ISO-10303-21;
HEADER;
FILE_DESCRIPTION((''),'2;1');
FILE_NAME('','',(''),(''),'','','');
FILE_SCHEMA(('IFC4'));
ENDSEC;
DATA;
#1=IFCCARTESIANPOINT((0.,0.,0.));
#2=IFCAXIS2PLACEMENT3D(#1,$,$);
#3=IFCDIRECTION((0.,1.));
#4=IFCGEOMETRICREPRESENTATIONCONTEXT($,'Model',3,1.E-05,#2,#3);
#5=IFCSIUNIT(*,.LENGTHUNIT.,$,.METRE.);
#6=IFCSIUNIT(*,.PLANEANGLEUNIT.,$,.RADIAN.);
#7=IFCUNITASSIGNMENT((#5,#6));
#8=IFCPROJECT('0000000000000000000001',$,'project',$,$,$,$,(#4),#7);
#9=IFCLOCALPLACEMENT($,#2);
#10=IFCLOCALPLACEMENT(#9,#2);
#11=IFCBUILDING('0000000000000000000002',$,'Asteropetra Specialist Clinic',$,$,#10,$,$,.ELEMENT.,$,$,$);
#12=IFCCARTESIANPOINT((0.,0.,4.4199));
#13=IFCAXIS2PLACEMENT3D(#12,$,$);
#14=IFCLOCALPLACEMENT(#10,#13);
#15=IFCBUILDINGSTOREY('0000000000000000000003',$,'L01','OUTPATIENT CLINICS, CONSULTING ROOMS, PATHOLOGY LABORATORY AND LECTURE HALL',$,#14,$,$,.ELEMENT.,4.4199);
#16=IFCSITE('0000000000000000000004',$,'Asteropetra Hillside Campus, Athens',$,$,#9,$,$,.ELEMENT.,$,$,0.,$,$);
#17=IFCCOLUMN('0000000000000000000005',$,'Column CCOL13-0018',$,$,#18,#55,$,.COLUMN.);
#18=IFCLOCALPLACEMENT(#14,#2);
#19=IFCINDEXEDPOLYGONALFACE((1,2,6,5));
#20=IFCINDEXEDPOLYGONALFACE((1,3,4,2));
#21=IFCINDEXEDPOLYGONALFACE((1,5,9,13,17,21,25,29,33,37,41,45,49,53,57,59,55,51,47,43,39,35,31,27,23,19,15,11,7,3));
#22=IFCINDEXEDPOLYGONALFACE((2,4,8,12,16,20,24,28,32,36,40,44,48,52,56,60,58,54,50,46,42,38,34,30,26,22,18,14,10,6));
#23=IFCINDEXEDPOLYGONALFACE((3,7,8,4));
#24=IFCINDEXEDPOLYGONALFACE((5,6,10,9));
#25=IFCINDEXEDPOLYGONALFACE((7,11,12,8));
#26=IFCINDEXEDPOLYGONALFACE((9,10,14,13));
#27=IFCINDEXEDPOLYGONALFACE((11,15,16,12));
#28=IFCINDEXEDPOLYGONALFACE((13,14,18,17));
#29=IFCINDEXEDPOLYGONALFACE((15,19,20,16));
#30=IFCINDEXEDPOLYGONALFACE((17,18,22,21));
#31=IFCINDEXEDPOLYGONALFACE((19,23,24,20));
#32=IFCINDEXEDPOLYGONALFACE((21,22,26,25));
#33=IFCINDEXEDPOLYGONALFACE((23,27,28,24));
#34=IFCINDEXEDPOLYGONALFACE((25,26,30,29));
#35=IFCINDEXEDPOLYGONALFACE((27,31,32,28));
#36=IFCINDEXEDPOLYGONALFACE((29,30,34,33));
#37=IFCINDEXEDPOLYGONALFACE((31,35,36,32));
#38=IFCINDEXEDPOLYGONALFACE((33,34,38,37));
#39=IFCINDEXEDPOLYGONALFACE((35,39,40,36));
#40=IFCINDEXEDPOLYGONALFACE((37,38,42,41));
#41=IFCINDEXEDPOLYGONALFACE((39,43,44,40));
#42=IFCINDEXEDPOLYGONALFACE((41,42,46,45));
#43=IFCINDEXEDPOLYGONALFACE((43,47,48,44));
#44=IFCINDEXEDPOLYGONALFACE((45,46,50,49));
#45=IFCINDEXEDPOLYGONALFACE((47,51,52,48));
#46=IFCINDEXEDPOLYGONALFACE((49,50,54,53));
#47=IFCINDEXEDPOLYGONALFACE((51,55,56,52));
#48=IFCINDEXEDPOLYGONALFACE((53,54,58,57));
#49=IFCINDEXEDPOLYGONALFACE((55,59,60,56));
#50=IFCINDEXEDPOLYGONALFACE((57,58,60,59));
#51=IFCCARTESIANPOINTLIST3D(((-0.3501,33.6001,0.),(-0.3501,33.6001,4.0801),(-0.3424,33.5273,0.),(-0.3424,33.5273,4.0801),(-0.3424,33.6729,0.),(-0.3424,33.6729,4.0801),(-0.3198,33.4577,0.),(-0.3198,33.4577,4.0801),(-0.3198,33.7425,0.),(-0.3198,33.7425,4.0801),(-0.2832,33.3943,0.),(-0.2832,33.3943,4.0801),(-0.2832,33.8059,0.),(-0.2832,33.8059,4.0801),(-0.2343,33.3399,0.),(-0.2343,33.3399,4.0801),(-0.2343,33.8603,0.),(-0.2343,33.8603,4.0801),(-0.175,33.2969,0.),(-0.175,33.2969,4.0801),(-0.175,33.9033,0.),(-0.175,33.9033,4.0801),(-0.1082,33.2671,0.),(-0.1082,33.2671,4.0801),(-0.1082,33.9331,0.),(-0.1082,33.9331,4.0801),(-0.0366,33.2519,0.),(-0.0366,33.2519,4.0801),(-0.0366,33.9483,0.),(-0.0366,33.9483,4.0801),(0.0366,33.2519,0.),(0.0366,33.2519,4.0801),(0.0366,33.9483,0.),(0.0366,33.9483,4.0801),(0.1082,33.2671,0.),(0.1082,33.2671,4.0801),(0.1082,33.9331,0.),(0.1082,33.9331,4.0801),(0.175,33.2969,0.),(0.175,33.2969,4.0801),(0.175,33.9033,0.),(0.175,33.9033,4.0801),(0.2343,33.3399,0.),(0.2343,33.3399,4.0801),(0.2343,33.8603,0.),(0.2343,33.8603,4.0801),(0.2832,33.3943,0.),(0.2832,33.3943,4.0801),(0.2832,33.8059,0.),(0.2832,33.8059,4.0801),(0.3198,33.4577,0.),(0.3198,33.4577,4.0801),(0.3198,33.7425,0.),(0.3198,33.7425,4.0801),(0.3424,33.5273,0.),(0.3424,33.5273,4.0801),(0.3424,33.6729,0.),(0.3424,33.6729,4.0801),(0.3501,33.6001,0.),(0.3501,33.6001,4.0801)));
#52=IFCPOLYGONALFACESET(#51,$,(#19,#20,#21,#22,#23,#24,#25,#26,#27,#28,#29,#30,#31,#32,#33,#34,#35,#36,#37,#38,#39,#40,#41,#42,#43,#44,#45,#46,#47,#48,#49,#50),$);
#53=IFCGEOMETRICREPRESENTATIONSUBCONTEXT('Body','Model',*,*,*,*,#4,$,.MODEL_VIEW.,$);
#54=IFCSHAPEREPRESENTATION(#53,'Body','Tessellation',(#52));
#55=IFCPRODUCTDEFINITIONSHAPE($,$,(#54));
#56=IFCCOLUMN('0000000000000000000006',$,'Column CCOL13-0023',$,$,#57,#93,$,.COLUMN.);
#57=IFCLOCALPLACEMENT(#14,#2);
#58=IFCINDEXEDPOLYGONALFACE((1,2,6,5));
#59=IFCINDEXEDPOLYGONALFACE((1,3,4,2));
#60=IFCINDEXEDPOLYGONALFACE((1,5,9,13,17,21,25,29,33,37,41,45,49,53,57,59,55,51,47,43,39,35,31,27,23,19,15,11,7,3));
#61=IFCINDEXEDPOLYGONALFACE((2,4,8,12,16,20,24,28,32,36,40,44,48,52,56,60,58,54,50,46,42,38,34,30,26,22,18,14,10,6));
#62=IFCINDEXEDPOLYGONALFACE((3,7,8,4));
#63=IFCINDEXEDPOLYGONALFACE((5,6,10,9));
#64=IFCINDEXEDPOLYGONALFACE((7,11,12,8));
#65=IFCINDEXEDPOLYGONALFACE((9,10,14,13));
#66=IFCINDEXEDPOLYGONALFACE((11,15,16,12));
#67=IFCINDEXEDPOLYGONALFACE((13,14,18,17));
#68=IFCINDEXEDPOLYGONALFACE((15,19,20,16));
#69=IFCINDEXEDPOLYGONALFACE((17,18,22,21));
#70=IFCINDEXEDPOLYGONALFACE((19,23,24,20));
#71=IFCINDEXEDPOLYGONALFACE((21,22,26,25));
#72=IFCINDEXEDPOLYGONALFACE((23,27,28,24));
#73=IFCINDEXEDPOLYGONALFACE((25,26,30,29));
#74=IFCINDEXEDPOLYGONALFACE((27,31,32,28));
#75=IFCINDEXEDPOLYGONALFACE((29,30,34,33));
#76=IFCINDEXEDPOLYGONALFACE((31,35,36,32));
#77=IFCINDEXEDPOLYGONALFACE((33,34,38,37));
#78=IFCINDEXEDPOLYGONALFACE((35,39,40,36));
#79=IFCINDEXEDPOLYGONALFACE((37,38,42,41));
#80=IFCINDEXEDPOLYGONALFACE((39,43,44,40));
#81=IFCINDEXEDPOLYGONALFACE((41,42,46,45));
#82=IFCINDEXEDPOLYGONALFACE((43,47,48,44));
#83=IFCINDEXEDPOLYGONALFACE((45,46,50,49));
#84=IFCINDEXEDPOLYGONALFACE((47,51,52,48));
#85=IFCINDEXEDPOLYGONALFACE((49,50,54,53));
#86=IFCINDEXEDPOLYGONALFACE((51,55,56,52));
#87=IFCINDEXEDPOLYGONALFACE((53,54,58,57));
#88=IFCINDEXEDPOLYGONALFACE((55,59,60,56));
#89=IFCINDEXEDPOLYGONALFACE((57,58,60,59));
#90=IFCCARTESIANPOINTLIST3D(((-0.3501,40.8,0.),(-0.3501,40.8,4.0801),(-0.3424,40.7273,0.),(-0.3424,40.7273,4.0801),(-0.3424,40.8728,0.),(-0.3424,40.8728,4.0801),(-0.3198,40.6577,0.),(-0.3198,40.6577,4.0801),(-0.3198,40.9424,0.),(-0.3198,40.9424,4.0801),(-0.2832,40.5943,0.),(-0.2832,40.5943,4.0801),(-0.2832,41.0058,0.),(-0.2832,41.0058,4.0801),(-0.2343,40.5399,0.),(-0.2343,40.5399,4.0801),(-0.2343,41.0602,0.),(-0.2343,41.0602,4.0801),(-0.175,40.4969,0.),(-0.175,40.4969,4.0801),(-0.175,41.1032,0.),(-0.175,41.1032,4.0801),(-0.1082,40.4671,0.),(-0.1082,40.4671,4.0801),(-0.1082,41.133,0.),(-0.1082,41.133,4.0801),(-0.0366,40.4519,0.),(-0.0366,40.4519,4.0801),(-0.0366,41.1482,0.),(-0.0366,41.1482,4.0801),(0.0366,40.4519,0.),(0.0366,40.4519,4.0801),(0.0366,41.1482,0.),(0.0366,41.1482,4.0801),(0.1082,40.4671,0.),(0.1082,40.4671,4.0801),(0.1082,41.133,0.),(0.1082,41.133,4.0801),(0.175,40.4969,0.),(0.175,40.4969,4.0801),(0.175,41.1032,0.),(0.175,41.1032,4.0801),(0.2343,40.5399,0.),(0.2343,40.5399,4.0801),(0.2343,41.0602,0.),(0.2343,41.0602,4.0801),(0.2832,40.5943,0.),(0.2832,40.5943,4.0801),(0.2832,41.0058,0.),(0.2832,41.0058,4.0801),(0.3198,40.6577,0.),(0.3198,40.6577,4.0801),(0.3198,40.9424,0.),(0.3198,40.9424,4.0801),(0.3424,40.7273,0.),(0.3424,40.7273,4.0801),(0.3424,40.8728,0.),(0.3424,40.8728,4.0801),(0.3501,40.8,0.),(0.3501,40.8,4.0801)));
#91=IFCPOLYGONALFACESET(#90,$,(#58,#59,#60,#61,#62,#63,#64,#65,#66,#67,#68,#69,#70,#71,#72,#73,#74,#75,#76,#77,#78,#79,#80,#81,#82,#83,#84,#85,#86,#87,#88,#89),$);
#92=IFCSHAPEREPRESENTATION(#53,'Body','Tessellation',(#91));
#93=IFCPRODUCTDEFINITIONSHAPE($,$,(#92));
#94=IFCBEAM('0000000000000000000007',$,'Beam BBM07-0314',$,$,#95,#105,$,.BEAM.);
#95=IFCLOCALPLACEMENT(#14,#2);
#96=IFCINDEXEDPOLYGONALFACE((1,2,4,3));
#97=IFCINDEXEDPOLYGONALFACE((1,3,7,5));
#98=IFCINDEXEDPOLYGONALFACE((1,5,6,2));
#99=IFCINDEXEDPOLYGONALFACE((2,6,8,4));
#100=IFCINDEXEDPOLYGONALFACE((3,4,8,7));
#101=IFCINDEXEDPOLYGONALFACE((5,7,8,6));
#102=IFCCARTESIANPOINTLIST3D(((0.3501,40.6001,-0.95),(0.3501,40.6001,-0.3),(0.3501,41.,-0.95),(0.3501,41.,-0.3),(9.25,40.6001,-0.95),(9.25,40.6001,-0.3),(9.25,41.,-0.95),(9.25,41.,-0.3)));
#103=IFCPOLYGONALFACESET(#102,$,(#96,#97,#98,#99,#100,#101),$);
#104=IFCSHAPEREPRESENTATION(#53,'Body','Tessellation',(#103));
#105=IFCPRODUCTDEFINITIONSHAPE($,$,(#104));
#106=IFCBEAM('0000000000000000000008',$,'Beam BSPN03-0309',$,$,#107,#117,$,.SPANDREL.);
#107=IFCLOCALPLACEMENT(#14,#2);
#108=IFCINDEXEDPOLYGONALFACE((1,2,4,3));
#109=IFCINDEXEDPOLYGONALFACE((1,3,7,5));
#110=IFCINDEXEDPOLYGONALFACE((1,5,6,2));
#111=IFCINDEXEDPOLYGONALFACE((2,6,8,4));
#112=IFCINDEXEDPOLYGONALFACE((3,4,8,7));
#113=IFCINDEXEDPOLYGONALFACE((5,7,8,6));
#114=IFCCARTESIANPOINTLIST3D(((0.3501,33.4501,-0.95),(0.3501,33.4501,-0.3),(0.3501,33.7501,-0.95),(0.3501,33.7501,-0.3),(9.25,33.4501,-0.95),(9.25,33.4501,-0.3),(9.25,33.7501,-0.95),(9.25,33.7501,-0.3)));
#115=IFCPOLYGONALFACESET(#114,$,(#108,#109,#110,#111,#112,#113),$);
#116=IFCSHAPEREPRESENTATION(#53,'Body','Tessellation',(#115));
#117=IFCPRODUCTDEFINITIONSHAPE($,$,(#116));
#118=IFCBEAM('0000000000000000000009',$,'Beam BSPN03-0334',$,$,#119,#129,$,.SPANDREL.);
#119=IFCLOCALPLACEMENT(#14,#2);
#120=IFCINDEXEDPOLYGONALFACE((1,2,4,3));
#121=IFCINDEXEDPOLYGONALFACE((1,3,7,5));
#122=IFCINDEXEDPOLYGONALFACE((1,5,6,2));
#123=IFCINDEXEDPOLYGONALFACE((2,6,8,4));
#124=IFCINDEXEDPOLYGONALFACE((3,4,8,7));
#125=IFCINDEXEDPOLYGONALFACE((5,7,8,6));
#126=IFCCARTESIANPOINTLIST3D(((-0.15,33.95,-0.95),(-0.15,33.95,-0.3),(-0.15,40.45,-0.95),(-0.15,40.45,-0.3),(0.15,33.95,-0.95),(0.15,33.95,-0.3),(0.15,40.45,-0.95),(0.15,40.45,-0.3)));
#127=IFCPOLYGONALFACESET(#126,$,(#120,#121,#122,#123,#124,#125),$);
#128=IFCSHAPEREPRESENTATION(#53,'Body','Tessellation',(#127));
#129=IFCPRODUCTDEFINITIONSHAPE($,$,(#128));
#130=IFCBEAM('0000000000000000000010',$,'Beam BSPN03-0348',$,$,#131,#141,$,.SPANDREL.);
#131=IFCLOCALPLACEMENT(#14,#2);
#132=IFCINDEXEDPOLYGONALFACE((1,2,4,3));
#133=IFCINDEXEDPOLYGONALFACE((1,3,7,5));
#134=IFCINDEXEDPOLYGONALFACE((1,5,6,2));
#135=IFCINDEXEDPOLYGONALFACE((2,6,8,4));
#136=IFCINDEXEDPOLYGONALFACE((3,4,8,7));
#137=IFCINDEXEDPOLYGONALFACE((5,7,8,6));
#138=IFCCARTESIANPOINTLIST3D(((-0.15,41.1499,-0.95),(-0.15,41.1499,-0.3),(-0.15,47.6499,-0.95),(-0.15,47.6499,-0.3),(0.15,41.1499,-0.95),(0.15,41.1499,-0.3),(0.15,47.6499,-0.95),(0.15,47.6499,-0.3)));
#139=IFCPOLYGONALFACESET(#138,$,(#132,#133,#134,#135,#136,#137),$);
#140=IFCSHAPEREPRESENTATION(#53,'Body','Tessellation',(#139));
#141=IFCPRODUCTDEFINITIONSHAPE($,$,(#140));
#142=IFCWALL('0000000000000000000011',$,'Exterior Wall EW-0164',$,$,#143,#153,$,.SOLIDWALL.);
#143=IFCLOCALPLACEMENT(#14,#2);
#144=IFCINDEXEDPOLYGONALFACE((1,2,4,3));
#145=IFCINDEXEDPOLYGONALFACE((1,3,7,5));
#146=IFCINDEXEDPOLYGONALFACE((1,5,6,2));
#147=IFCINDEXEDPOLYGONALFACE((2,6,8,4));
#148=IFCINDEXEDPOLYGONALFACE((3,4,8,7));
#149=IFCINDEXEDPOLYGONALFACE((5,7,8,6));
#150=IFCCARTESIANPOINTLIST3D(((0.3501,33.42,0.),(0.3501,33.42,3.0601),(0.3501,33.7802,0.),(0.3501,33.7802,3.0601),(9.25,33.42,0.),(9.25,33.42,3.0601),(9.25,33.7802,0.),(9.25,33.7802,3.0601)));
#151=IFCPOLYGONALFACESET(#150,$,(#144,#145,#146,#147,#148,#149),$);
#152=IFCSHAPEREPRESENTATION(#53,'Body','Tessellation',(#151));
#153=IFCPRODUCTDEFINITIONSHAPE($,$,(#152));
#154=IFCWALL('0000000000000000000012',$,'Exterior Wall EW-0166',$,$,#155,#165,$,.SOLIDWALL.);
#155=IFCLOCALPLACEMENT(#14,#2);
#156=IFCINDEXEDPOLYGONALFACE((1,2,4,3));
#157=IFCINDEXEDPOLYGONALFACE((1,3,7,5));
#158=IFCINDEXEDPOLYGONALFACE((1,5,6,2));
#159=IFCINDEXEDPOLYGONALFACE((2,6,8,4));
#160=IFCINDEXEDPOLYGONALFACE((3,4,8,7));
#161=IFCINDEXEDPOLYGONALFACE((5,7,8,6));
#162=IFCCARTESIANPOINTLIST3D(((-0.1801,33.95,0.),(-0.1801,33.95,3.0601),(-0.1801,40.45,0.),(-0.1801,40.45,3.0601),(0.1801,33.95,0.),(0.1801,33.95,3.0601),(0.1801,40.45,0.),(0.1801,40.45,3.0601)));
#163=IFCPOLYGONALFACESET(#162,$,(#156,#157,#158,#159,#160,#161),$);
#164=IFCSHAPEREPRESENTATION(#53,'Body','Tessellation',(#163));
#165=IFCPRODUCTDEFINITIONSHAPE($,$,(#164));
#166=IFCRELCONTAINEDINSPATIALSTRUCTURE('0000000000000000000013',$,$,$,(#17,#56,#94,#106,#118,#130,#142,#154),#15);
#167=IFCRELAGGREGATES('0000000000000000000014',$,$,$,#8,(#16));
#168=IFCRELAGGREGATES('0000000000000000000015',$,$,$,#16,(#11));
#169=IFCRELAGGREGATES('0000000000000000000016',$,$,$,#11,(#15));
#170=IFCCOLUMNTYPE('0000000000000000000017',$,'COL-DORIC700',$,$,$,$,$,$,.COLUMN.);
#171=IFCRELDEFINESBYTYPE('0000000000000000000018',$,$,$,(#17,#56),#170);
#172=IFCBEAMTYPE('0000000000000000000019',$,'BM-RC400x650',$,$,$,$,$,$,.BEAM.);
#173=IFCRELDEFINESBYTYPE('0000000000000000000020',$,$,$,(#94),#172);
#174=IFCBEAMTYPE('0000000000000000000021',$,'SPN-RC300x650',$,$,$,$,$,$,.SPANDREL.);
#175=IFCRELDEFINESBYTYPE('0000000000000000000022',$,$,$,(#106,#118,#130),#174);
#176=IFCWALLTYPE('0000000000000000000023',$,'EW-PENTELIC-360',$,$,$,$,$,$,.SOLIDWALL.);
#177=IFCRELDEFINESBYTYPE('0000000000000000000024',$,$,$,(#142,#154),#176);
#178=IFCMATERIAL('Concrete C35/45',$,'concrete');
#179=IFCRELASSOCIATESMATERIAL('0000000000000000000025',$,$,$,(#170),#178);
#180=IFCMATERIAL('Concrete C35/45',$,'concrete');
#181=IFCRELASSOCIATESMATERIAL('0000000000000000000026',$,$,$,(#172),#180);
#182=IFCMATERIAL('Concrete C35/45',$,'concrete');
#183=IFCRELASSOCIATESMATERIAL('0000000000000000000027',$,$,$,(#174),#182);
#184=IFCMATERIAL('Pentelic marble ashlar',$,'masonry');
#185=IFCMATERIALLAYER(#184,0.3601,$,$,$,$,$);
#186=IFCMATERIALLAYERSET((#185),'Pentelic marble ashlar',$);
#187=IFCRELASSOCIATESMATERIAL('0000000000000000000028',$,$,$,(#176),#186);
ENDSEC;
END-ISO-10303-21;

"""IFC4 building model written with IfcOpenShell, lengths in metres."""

from ifc_helpers import new_model, si_unit, direction, frame, frame_2d, origin, origin_2d, place, context, subcontext, project, spatial, rectangle, circle, extrude, material, layer, layer_set, material_profile, profile_set, type_object, element, save


model = new_model("IFC4")

# Units and contexts
model_context = context("Model", 3, precision=1e-05, world=origin(), true_north=direction((0.0, 1.0)))
body_context = subcontext(model_context, "Body", "Model", "MODEL_VIEW")
ifc_project = project(units=[si_unit("LENGTHUNIT", "METRE"), si_unit("PLANEANGLEUNIT", "RADIAN")], contexts=[model_context])

# Site, building, storey
site_placement = place(None, origin())
site = spatial("IfcSite", under=ifc_project, at=site_placement, Name="Asteropetra Hillside Campus, Athens", CompositionType="ELEMENT", RefElevation=0.0)
building_placement = place(site_placement, origin())
building = spatial("IfcBuilding", under=site, at=building_placement, Name="Asteropetra Specialist Clinic", CompositionType="ELEMENT")
storey_placement = place(building_placement, frame((0.0, 0.0, 4.4199)))
storey = spatial("IfcBuildingStorey", under=building, at=storey_placement, Name="L01", Description="OUTPATIENT CLINICS, CONSULTING ROOMS, PATHOLOGY LABORATORY AND LECTURE HALL", CompositionType="ELEMENT", Elevation=4.4199)

# Columns
ifc_material_1 = material(Name="Concrete C35/45", Category="concrete")
ifc_material_profile_1 = material_profile(ifc_material_1, circle(Radius=0.3501, at=origin_2d()), Name="RCC D700")
ifc_profile_set_1 = profile_set([ifc_material_profile_1], Name="Concrete C35/45")
column_type = type_object("IfcColumnType", Name="COL-DORIC700", PredefinedType="COLUMN", material=ifc_profile_set_1)
for number, where, z_axis, x_axis, name in (
    (1, (0.0, 33.6001, 0.0), (0.0, 0.0, 1.0), (1.0, 0.0, 0.0), "Column CCOL13-0018"),
    (2, (0.0, 40.8, 0.0), (0.0, 0.0, 1.0), (1.0, 0.0, 0.0), "Column CCOL13-0023"),
):
    element("IfcColumn", number, at=place(storey_placement, frame(where, z_axis=z_axis, x_axis=x_axis)), inside=storey, type_object=column_type, Name=name, PredefinedType="COLUMN", context=body_context, shape_type="SweptSolid", body=[
        extrude(circle(Radius=0.3501, at=origin_2d()), origin(), (0.0, 0.0, 1.0), 4.0801),
    ])

# Beams
ifc_material_2 = material(Name="Concrete C35/45", Category="concrete")
ifc_material_profile_2 = material_profile(ifc_material_2, rectangle(XDim=0.3999, YDim=0.6499, at=origin_2d()), Name="RCB 400x650")
ifc_profile_set_2 = profile_set([ifc_material_profile_2], Name="Concrete C35/45")
beam_type_1 = type_object("IfcBeamType", Name="BM-RC400x650", PredefinedType="BEAM", material=ifc_profile_set_2)
beam_1_placement = place(storey_placement, frame((0.3501, 40.8, -0.625), z_axis=(1.0, 0.0, 0.0), x_axis=(0.0, 1.0, 0.0)))
element("IfcBeam", 3, at=beam_1_placement, inside=storey, type_object=beam_type_1, Name="Beam BBM07-0314", PredefinedType="BEAM", context=body_context, shape_type="SweptSolid", body=[
    extrude(rectangle(XDim=0.3999, YDim=0.6499, at=origin_2d()), origin(), (0.0, 0.0, 1.0), 8.8999),
])
ifc_material_3 = material(Name="Concrete C35/45", Category="concrete")
ifc_material_profile_3 = material_profile(ifc_material_3, rectangle(XDim=0.3, YDim=0.6499, at=origin_2d()), Name="RCS 300x650")
ifc_profile_set_3 = profile_set([ifc_material_profile_3], Name="Concrete C35/45")
beam_type_2 = type_object("IfcBeamType", Name="SPN-RC300x650", PredefinedType="SPANDREL", material=ifc_profile_set_3)
beam_2_placement = place(storey_placement, frame((0.3501, 33.6001, -0.625), z_axis=(1.0, 0.0, 0.0), x_axis=(0.0, 1.0, 0.0)))
element("IfcBeam", 4, at=beam_2_placement, inside=storey, type_object=beam_type_2, Name="Beam BSPN03-0309", PredefinedType="SPANDREL", context=body_context, shape_type="SweptSolid", body=[
    extrude(rectangle(XDim=0.3, YDim=0.6499, at=origin_2d()), origin(), (0.0, 0.0, 1.0), 8.8999),
])
for number, where, z_axis, x_axis, name in (
    (5, (0.0, 33.95, -0.625), (0.0, 1.0, 0.0), (-1.0, 0.0, 0.0), "Beam BSPN03-0334"),
    (6, (0.0, 41.1499, -0.625), (0.0, 1.0, 0.0), (-1.0, 0.0, 0.0), "Beam BSPN03-0348"),
):
    element("IfcBeam", number, at=place(storey_placement, frame(where, z_axis=z_axis, x_axis=x_axis)), inside=storey, type_object=beam_type_2, Name=name, PredefinedType="SPANDREL", context=body_context, shape_type="SweptSolid", body=[
        extrude(rectangle(XDim=0.3, YDim=0.6499, at=origin_2d()), origin(), (0.0, 0.0, 1.0), 6.5),
    ])

# Walls
ifc_material_4 = material(Name="Pentelic marble ashlar", Category="masonry")
ifc_layer_1 = layer(ifc_material_4, 0.3601)
ifc_layer_set_1 = layer_set([ifc_layer_1], Name="Pentelic marble ashlar")
wall_type_1 = type_object("IfcWallType", Name="EW-PENTELIC-360", PredefinedType="SOLIDWALL", material=ifc_layer_set_1)
wall_1_placement = place(storey_placement, frame((0.3501, 33.6001, 0.0), z_axis=(0.0, 0.0, 1.0), x_axis=(1.0, 0.0, 0.0)))
element("IfcWall", 7, at=wall_1_placement, inside=storey, type_object=wall_type_1, Name="Exterior Wall EW-0164", PredefinedType="SOLIDWALL", context=body_context, shape_type="SweptSolid", body=[
    extrude(rectangle(XDim=8.8999, YDim=0.3601, at=frame_2d((4.45, 0.0))), origin(), (0.0, 0.0, 1.0), 3.0601),
])
wall_2_placement = place(storey_placement, frame((0.0, 40.45, 0.0), z_axis=(0.0, 0.0, 1.0), x_axis=(0.0, -1.0, 0.0)))
element("IfcWall", 8, at=wall_2_placement, inside=storey, type_object=wall_type_1, Name="Exterior Wall EW-0166", PredefinedType="SOLIDWALL", context=body_context, shape_type="SweptSolid", body=[
    extrude(rectangle(XDim=6.5, YDim=0.3601, at=frame_2d((3.25, 0.0))), origin(), (0.0, 0.0, 1.0), 3.0601),
])

save(model, "model.ifc")
